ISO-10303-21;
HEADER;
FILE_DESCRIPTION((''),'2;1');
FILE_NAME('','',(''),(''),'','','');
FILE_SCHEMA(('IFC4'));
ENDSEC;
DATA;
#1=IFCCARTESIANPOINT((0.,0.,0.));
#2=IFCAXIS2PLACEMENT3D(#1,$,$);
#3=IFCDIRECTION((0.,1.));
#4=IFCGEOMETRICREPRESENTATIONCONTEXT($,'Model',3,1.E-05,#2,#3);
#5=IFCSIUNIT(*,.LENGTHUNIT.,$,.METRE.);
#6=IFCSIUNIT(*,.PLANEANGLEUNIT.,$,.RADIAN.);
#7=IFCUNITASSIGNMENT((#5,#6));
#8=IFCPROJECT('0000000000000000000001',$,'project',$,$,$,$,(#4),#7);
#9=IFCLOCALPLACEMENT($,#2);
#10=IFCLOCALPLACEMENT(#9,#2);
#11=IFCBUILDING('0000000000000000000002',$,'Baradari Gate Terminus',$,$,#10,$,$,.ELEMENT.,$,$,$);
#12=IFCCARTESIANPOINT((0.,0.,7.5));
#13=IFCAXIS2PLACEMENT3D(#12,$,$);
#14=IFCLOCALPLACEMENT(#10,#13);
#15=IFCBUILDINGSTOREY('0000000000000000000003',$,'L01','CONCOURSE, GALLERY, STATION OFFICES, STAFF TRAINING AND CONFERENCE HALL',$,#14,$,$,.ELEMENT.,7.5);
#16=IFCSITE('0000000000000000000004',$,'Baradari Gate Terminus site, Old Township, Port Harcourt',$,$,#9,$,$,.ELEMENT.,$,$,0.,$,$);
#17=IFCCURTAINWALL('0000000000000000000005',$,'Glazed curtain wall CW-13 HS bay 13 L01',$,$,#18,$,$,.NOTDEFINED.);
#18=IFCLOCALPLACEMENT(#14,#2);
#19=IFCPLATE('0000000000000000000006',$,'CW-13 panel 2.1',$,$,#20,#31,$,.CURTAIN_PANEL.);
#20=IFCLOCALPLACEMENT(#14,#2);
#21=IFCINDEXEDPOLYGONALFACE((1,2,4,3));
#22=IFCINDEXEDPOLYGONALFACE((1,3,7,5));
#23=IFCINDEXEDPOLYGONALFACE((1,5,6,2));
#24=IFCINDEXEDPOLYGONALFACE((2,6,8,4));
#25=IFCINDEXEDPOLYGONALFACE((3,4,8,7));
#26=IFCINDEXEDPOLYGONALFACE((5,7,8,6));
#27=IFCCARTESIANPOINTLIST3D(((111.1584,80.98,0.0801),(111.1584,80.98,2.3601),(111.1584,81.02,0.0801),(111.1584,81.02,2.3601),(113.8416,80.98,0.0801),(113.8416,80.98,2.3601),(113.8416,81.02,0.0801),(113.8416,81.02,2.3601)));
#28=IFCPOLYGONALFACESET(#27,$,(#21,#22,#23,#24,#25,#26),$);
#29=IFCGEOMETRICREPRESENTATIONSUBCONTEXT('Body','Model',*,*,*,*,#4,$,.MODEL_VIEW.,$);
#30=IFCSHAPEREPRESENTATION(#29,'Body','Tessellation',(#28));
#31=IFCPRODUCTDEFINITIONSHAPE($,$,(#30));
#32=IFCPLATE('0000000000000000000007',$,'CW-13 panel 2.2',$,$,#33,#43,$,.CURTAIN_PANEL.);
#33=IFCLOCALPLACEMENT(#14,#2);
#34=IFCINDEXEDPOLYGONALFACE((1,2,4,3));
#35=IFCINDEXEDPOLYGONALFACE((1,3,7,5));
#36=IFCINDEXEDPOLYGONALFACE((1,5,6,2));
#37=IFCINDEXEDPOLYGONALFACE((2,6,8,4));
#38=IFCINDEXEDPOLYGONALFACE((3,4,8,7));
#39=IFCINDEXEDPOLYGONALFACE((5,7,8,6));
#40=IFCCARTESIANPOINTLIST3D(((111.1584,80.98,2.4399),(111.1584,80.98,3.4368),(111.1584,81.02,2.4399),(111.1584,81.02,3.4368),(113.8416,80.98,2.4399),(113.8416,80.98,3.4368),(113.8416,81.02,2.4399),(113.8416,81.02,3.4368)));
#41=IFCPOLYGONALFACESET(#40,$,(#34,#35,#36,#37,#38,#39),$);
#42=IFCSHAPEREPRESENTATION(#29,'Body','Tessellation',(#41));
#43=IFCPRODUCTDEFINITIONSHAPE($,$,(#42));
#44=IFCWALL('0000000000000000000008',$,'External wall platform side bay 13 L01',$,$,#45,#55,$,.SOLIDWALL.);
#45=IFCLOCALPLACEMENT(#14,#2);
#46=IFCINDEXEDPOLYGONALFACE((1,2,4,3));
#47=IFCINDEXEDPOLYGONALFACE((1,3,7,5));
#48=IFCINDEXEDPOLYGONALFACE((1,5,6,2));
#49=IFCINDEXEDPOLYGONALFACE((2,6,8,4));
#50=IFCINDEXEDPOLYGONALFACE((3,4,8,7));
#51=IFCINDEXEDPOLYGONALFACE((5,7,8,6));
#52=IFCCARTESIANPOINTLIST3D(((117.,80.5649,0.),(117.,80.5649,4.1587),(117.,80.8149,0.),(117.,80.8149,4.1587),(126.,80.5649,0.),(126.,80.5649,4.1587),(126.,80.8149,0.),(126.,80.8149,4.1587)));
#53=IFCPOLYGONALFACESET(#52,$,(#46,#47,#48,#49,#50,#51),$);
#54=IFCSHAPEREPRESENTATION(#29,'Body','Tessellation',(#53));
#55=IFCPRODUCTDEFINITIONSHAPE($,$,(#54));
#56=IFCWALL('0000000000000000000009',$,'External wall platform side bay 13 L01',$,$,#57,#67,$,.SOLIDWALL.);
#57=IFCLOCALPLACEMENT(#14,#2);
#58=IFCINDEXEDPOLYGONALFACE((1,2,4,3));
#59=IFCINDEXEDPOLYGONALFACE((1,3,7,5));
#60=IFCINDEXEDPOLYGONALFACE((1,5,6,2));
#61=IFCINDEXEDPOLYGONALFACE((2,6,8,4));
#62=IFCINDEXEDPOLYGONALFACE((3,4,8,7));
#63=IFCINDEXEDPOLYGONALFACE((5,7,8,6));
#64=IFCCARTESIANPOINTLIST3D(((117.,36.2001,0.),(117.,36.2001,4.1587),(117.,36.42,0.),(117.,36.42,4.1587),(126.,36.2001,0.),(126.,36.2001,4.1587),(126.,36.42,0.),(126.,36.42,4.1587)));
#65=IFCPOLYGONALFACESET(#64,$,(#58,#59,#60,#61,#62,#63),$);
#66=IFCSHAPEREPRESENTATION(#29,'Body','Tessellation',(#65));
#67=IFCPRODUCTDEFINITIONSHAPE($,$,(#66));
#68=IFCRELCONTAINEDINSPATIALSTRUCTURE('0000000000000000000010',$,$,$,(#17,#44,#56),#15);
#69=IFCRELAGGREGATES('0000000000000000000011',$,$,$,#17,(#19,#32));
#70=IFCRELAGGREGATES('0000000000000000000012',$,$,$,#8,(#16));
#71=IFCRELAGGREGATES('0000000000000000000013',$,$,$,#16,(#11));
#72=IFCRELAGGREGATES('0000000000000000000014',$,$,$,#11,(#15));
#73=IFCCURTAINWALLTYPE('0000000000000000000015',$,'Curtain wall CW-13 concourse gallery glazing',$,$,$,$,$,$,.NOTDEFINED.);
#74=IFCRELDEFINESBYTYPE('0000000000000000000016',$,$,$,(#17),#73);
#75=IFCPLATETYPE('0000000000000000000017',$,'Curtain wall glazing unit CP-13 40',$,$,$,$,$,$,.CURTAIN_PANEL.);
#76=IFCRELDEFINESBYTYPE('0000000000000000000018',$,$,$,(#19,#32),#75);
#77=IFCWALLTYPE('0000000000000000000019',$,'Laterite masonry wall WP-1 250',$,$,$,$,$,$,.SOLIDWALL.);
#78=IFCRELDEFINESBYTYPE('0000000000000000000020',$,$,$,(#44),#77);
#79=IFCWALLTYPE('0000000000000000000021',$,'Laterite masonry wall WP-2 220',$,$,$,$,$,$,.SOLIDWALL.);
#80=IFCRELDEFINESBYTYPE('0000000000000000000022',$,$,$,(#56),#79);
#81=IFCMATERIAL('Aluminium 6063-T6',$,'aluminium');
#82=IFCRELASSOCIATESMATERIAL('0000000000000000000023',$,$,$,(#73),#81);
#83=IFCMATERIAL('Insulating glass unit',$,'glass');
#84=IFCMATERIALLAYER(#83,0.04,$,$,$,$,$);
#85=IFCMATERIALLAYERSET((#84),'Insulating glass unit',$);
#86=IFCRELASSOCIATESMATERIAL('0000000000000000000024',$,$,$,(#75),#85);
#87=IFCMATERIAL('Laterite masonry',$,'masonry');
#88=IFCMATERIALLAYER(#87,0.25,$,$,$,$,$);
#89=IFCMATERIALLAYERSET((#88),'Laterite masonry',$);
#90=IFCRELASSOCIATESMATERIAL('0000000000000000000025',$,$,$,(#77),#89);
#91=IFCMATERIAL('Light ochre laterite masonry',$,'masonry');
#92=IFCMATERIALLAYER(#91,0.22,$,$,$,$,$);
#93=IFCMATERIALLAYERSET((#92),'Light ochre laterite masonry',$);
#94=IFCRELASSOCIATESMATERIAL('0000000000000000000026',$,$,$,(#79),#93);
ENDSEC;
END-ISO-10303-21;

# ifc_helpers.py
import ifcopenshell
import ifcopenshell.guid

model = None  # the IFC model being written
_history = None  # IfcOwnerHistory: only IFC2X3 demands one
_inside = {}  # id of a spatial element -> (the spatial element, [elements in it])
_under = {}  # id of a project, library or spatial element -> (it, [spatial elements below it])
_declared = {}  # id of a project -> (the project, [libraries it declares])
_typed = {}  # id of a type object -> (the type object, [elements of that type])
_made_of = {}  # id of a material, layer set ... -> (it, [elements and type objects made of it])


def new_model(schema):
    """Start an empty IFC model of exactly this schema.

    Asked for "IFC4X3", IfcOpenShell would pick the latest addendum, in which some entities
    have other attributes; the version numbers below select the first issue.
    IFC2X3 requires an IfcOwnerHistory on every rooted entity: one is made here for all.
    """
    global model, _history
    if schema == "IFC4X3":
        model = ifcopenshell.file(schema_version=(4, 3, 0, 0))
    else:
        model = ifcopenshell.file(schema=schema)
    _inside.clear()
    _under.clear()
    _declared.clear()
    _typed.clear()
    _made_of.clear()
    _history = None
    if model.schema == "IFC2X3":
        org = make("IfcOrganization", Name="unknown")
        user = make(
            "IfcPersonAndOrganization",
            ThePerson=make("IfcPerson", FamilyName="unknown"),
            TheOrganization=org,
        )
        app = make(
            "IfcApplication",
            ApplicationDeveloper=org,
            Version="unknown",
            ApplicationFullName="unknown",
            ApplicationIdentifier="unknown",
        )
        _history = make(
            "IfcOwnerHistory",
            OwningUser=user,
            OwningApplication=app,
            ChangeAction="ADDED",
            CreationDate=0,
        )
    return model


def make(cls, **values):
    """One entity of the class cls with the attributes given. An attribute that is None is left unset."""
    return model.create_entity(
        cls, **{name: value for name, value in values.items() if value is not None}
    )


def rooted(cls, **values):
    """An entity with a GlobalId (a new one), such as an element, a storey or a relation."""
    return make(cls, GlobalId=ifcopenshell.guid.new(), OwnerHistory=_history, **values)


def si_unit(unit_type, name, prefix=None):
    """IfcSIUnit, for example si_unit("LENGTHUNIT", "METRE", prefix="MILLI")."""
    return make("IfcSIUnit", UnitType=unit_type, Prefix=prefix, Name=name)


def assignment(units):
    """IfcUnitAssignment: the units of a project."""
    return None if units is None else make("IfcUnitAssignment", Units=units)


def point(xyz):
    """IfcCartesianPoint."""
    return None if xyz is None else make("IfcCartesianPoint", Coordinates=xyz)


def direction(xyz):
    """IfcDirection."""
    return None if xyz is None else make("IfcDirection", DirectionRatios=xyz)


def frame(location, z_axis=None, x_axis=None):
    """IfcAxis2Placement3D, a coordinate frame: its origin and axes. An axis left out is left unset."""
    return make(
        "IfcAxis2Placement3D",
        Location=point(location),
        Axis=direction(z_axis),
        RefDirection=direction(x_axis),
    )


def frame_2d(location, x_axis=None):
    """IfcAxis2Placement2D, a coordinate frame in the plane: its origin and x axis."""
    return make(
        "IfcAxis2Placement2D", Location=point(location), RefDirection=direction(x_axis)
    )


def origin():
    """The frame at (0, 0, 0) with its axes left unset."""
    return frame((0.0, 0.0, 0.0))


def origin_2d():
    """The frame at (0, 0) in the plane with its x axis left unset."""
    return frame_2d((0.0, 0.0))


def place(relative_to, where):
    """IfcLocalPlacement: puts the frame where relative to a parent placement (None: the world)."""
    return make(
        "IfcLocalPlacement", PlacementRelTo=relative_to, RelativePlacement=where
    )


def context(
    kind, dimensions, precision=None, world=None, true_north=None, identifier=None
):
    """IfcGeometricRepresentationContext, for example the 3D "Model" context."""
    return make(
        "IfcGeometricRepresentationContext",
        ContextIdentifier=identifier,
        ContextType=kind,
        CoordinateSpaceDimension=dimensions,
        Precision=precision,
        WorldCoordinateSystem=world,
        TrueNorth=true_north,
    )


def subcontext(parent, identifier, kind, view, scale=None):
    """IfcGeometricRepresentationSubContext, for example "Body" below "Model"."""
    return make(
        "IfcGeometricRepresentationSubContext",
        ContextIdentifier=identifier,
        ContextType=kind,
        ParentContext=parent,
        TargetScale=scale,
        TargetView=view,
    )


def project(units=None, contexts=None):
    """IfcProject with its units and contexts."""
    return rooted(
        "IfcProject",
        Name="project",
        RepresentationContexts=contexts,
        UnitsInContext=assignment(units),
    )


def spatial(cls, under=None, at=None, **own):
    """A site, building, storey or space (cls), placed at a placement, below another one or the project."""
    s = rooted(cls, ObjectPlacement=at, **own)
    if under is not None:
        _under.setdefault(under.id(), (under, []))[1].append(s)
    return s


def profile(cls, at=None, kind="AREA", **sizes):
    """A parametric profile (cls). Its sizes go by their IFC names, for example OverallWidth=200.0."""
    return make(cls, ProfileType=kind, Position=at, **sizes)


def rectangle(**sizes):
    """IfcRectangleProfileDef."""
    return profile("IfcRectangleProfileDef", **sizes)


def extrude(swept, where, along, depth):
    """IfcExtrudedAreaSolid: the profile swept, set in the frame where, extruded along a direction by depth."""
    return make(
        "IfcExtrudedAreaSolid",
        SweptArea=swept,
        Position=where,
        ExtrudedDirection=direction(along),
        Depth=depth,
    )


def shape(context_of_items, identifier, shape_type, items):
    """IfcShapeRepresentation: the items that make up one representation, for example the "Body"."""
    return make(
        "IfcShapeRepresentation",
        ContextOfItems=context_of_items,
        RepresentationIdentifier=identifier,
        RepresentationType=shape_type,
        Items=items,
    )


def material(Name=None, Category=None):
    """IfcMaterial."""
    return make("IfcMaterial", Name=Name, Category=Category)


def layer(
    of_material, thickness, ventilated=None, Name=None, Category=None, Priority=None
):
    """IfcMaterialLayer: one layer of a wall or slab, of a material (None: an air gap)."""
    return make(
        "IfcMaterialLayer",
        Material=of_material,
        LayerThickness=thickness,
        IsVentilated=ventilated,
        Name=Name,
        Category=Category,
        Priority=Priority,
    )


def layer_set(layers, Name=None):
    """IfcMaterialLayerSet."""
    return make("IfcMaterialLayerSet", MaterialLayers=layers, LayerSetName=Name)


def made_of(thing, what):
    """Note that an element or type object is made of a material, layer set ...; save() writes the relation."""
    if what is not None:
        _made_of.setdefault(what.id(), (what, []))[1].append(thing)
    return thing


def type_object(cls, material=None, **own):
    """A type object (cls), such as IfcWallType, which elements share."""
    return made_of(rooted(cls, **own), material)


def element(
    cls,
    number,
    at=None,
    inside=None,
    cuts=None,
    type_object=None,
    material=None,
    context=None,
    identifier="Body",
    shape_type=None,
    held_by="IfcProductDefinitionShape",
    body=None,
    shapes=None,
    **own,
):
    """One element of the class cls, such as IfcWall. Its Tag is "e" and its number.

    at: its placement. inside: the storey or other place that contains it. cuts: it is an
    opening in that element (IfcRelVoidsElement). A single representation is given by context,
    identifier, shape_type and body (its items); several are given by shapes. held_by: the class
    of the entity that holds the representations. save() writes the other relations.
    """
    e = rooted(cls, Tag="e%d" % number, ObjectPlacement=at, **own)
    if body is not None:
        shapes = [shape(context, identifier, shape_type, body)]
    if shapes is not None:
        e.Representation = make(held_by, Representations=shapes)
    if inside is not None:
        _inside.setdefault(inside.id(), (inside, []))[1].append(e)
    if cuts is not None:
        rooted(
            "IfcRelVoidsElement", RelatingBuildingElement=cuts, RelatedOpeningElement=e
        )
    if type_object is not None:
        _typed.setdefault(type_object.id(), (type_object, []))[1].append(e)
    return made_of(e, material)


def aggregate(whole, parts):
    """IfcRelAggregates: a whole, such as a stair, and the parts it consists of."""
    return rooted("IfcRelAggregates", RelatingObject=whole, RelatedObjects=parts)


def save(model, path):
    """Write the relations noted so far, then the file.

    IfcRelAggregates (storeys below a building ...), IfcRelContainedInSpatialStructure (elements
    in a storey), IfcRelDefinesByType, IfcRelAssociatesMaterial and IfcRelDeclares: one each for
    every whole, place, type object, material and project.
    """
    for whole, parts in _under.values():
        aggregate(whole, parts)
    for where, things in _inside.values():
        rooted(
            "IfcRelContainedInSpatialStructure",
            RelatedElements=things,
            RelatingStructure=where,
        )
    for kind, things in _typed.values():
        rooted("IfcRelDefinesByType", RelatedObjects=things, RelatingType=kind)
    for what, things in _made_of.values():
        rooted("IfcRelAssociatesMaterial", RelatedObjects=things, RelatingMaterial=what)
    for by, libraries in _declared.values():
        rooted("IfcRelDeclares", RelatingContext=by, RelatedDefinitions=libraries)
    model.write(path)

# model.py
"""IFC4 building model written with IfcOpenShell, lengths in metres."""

from ifc_helpers import new_model, si_unit, direction, frame, frame_2d, origin, origin_2d, place, context, subcontext, project, spatial, rectangle, extrude, material, layer, layer_set, type_object, element, aggregate, save


model = new_model("IFC4")

# Units and contexts
model_context = context("Model", 3, precision=1e-05, world=origin(), true_north=direction((0.0, 1.0)))
body_context = subcontext(model_context, "Body", "Model", "MODEL_VIEW")
ifc_project = project(units=[si_unit("LENGTHUNIT", "METRE"), si_unit("PLANEANGLEUNIT", "RADIAN")], contexts=[model_context])

# Site, building, storey
site_placement = place(None, origin())
site = spatial("IfcSite", under=ifc_project, at=site_placement, Name="Baradari Gate Terminus site, Old Township, Port Harcourt", CompositionType="ELEMENT", RefElevation=0.0)
building_placement = place(site_placement, origin())
building = spatial("IfcBuilding", under=site, at=building_placement, Name="Baradari Gate Terminus", CompositionType="ELEMENT")
storey_placement = place(building_placement, frame((0.0, 0.0, 7.5)))
storey = spatial("IfcBuildingStorey", under=building, at=storey_placement, Name="L01", Description="CONCOURSE, GALLERY, STATION OFFICES, STAFF TRAINING AND CONFERENCE HALL", CompositionType="ELEMENT", Elevation=7.5)

# Curtain wall
ifc_material_1 = material(Name="Aluminium 6063-T6", Category="aluminium")
curtain_wall_type = type_object("IfcCurtainWallType", Name="Curtain wall CW-13 concourse gallery glazing", PredefinedType="NOTDEFINED", material=ifc_material_1)
curtain_wall_placement = place(storey_placement, origin())
curtain_wall = element("IfcCurtainWall", 1, at=curtain_wall_placement, inside=storey, type_object=curtain_wall_type, Name="Glazed curtain wall CW-13 HS bay 13 L01", PredefinedType="NOTDEFINED")

# Plates
ifc_material_2 = material(Name="Insulating glass unit", Category="glass")
ifc_layer_1 = layer(ifc_material_2, 0.04)
ifc_layer_set_1 = layer_set([ifc_layer_1], Name="Insulating glass unit")
plate_type = type_object("IfcPlateType", Name="Curtain wall glazing unit CP-13 40", PredefinedType="CURTAIN_PANEL", material=ifc_layer_set_1)
plate_1_placement = place(storey_placement, frame((112.5, 81.0, 0.0801), z_axis=(0.0, 0.0, 1.0), x_axis=(1.0, 0.0, 0.0)))
plate_1 = element("IfcPlate", 2, at=plate_1_placement, type_object=plate_type, Name="CW-13 panel 2.1", PredefinedType="CURTAIN_PANEL", context=body_context, shape_type="SweptSolid", body=[
    extrude(rectangle(XDim=2.6831, YDim=0.04, at=origin_2d()), origin(), (0.0, 0.0, 1.0), 2.28),
])
plate_2_placement = place(storey_placement, frame((112.5, 81.0, 2.4399), z_axis=(0.0, 0.0, 1.0), x_axis=(1.0, 0.0, 0.0)))
plate_2 = element("IfcPlate", 3, at=plate_2_placement, type_object=plate_type, Name="CW-13 panel 2.2", PredefinedType="CURTAIN_PANEL", context=body_context, shape_type="SweptSolid", body=[
    extrude(rectangle(XDim=2.6831, YDim=0.04, at=origin_2d()), origin(), (0.0, 0.0, 1.0), 0.9968),
])
aggregate(curtain_wall, [plate_1, plate_2])

# Walls
ifc_material_3 = material(Name="Laterite masonry", Category="masonry")
ifc_layer_2 = layer(ifc_material_3, 0.25)
ifc_layer_set_2 = layer_set([ifc_layer_2], Name="Laterite masonry")
wall_type_1 = type_object("IfcWallType", Name="Laterite masonry wall WP-1 250", PredefinedType="SOLIDWALL", material=ifc_layer_set_2)
wall_1_placement = place(storey_placement, frame((117.0, 80.6899, 0.0), z_axis=(0.0, 0.0, 1.0), x_axis=(1.0, 0.0, 0.0)))
element("IfcWall", 4, at=wall_1_placement, inside=storey, type_object=wall_type_1, Name="External wall platform side bay 13 L01", PredefinedType="SOLIDWALL", context=body_context, shape_type="SweptSolid", body=[
    extrude(rectangle(XDim=9.0, YDim=0.25, at=frame_2d((4.5, 0.0))), origin(), (0.0, 0.0, 1.0), 4.1587),
])
ifc_material_4 = material(Name="Light ochre laterite masonry", Category="masonry")
ifc_layer_3 = layer(ifc_material_4, 0.22)
ifc_layer_set_3 = layer_set([ifc_layer_3], Name="Light ochre laterite masonry")
wall_type_2 = type_object("IfcWallType", Name="Laterite masonry wall WP-2 220", PredefinedType="SOLIDWALL", material=ifc_layer_set_3)
wall_2_placement = place(storey_placement, frame((117.0, 36.3101, 0.0), z_axis=(0.0, 0.0, 1.0), x_axis=(1.0, 0.0, 0.0)))
element("IfcWall", 5, at=wall_2_placement, inside=storey, type_object=wall_type_2, Name="External wall platform side bay 13 L01", PredefinedType="SOLIDWALL", context=body_context, shape_type="SweptSolid", body=[
    extrude(rectangle(XDim=9.0, YDim=0.22, at=frame_2d((4.5, 0.0))), origin(), (0.0, 0.0, 1.0), 4.1587),
])

save(model, "model.ifc")
